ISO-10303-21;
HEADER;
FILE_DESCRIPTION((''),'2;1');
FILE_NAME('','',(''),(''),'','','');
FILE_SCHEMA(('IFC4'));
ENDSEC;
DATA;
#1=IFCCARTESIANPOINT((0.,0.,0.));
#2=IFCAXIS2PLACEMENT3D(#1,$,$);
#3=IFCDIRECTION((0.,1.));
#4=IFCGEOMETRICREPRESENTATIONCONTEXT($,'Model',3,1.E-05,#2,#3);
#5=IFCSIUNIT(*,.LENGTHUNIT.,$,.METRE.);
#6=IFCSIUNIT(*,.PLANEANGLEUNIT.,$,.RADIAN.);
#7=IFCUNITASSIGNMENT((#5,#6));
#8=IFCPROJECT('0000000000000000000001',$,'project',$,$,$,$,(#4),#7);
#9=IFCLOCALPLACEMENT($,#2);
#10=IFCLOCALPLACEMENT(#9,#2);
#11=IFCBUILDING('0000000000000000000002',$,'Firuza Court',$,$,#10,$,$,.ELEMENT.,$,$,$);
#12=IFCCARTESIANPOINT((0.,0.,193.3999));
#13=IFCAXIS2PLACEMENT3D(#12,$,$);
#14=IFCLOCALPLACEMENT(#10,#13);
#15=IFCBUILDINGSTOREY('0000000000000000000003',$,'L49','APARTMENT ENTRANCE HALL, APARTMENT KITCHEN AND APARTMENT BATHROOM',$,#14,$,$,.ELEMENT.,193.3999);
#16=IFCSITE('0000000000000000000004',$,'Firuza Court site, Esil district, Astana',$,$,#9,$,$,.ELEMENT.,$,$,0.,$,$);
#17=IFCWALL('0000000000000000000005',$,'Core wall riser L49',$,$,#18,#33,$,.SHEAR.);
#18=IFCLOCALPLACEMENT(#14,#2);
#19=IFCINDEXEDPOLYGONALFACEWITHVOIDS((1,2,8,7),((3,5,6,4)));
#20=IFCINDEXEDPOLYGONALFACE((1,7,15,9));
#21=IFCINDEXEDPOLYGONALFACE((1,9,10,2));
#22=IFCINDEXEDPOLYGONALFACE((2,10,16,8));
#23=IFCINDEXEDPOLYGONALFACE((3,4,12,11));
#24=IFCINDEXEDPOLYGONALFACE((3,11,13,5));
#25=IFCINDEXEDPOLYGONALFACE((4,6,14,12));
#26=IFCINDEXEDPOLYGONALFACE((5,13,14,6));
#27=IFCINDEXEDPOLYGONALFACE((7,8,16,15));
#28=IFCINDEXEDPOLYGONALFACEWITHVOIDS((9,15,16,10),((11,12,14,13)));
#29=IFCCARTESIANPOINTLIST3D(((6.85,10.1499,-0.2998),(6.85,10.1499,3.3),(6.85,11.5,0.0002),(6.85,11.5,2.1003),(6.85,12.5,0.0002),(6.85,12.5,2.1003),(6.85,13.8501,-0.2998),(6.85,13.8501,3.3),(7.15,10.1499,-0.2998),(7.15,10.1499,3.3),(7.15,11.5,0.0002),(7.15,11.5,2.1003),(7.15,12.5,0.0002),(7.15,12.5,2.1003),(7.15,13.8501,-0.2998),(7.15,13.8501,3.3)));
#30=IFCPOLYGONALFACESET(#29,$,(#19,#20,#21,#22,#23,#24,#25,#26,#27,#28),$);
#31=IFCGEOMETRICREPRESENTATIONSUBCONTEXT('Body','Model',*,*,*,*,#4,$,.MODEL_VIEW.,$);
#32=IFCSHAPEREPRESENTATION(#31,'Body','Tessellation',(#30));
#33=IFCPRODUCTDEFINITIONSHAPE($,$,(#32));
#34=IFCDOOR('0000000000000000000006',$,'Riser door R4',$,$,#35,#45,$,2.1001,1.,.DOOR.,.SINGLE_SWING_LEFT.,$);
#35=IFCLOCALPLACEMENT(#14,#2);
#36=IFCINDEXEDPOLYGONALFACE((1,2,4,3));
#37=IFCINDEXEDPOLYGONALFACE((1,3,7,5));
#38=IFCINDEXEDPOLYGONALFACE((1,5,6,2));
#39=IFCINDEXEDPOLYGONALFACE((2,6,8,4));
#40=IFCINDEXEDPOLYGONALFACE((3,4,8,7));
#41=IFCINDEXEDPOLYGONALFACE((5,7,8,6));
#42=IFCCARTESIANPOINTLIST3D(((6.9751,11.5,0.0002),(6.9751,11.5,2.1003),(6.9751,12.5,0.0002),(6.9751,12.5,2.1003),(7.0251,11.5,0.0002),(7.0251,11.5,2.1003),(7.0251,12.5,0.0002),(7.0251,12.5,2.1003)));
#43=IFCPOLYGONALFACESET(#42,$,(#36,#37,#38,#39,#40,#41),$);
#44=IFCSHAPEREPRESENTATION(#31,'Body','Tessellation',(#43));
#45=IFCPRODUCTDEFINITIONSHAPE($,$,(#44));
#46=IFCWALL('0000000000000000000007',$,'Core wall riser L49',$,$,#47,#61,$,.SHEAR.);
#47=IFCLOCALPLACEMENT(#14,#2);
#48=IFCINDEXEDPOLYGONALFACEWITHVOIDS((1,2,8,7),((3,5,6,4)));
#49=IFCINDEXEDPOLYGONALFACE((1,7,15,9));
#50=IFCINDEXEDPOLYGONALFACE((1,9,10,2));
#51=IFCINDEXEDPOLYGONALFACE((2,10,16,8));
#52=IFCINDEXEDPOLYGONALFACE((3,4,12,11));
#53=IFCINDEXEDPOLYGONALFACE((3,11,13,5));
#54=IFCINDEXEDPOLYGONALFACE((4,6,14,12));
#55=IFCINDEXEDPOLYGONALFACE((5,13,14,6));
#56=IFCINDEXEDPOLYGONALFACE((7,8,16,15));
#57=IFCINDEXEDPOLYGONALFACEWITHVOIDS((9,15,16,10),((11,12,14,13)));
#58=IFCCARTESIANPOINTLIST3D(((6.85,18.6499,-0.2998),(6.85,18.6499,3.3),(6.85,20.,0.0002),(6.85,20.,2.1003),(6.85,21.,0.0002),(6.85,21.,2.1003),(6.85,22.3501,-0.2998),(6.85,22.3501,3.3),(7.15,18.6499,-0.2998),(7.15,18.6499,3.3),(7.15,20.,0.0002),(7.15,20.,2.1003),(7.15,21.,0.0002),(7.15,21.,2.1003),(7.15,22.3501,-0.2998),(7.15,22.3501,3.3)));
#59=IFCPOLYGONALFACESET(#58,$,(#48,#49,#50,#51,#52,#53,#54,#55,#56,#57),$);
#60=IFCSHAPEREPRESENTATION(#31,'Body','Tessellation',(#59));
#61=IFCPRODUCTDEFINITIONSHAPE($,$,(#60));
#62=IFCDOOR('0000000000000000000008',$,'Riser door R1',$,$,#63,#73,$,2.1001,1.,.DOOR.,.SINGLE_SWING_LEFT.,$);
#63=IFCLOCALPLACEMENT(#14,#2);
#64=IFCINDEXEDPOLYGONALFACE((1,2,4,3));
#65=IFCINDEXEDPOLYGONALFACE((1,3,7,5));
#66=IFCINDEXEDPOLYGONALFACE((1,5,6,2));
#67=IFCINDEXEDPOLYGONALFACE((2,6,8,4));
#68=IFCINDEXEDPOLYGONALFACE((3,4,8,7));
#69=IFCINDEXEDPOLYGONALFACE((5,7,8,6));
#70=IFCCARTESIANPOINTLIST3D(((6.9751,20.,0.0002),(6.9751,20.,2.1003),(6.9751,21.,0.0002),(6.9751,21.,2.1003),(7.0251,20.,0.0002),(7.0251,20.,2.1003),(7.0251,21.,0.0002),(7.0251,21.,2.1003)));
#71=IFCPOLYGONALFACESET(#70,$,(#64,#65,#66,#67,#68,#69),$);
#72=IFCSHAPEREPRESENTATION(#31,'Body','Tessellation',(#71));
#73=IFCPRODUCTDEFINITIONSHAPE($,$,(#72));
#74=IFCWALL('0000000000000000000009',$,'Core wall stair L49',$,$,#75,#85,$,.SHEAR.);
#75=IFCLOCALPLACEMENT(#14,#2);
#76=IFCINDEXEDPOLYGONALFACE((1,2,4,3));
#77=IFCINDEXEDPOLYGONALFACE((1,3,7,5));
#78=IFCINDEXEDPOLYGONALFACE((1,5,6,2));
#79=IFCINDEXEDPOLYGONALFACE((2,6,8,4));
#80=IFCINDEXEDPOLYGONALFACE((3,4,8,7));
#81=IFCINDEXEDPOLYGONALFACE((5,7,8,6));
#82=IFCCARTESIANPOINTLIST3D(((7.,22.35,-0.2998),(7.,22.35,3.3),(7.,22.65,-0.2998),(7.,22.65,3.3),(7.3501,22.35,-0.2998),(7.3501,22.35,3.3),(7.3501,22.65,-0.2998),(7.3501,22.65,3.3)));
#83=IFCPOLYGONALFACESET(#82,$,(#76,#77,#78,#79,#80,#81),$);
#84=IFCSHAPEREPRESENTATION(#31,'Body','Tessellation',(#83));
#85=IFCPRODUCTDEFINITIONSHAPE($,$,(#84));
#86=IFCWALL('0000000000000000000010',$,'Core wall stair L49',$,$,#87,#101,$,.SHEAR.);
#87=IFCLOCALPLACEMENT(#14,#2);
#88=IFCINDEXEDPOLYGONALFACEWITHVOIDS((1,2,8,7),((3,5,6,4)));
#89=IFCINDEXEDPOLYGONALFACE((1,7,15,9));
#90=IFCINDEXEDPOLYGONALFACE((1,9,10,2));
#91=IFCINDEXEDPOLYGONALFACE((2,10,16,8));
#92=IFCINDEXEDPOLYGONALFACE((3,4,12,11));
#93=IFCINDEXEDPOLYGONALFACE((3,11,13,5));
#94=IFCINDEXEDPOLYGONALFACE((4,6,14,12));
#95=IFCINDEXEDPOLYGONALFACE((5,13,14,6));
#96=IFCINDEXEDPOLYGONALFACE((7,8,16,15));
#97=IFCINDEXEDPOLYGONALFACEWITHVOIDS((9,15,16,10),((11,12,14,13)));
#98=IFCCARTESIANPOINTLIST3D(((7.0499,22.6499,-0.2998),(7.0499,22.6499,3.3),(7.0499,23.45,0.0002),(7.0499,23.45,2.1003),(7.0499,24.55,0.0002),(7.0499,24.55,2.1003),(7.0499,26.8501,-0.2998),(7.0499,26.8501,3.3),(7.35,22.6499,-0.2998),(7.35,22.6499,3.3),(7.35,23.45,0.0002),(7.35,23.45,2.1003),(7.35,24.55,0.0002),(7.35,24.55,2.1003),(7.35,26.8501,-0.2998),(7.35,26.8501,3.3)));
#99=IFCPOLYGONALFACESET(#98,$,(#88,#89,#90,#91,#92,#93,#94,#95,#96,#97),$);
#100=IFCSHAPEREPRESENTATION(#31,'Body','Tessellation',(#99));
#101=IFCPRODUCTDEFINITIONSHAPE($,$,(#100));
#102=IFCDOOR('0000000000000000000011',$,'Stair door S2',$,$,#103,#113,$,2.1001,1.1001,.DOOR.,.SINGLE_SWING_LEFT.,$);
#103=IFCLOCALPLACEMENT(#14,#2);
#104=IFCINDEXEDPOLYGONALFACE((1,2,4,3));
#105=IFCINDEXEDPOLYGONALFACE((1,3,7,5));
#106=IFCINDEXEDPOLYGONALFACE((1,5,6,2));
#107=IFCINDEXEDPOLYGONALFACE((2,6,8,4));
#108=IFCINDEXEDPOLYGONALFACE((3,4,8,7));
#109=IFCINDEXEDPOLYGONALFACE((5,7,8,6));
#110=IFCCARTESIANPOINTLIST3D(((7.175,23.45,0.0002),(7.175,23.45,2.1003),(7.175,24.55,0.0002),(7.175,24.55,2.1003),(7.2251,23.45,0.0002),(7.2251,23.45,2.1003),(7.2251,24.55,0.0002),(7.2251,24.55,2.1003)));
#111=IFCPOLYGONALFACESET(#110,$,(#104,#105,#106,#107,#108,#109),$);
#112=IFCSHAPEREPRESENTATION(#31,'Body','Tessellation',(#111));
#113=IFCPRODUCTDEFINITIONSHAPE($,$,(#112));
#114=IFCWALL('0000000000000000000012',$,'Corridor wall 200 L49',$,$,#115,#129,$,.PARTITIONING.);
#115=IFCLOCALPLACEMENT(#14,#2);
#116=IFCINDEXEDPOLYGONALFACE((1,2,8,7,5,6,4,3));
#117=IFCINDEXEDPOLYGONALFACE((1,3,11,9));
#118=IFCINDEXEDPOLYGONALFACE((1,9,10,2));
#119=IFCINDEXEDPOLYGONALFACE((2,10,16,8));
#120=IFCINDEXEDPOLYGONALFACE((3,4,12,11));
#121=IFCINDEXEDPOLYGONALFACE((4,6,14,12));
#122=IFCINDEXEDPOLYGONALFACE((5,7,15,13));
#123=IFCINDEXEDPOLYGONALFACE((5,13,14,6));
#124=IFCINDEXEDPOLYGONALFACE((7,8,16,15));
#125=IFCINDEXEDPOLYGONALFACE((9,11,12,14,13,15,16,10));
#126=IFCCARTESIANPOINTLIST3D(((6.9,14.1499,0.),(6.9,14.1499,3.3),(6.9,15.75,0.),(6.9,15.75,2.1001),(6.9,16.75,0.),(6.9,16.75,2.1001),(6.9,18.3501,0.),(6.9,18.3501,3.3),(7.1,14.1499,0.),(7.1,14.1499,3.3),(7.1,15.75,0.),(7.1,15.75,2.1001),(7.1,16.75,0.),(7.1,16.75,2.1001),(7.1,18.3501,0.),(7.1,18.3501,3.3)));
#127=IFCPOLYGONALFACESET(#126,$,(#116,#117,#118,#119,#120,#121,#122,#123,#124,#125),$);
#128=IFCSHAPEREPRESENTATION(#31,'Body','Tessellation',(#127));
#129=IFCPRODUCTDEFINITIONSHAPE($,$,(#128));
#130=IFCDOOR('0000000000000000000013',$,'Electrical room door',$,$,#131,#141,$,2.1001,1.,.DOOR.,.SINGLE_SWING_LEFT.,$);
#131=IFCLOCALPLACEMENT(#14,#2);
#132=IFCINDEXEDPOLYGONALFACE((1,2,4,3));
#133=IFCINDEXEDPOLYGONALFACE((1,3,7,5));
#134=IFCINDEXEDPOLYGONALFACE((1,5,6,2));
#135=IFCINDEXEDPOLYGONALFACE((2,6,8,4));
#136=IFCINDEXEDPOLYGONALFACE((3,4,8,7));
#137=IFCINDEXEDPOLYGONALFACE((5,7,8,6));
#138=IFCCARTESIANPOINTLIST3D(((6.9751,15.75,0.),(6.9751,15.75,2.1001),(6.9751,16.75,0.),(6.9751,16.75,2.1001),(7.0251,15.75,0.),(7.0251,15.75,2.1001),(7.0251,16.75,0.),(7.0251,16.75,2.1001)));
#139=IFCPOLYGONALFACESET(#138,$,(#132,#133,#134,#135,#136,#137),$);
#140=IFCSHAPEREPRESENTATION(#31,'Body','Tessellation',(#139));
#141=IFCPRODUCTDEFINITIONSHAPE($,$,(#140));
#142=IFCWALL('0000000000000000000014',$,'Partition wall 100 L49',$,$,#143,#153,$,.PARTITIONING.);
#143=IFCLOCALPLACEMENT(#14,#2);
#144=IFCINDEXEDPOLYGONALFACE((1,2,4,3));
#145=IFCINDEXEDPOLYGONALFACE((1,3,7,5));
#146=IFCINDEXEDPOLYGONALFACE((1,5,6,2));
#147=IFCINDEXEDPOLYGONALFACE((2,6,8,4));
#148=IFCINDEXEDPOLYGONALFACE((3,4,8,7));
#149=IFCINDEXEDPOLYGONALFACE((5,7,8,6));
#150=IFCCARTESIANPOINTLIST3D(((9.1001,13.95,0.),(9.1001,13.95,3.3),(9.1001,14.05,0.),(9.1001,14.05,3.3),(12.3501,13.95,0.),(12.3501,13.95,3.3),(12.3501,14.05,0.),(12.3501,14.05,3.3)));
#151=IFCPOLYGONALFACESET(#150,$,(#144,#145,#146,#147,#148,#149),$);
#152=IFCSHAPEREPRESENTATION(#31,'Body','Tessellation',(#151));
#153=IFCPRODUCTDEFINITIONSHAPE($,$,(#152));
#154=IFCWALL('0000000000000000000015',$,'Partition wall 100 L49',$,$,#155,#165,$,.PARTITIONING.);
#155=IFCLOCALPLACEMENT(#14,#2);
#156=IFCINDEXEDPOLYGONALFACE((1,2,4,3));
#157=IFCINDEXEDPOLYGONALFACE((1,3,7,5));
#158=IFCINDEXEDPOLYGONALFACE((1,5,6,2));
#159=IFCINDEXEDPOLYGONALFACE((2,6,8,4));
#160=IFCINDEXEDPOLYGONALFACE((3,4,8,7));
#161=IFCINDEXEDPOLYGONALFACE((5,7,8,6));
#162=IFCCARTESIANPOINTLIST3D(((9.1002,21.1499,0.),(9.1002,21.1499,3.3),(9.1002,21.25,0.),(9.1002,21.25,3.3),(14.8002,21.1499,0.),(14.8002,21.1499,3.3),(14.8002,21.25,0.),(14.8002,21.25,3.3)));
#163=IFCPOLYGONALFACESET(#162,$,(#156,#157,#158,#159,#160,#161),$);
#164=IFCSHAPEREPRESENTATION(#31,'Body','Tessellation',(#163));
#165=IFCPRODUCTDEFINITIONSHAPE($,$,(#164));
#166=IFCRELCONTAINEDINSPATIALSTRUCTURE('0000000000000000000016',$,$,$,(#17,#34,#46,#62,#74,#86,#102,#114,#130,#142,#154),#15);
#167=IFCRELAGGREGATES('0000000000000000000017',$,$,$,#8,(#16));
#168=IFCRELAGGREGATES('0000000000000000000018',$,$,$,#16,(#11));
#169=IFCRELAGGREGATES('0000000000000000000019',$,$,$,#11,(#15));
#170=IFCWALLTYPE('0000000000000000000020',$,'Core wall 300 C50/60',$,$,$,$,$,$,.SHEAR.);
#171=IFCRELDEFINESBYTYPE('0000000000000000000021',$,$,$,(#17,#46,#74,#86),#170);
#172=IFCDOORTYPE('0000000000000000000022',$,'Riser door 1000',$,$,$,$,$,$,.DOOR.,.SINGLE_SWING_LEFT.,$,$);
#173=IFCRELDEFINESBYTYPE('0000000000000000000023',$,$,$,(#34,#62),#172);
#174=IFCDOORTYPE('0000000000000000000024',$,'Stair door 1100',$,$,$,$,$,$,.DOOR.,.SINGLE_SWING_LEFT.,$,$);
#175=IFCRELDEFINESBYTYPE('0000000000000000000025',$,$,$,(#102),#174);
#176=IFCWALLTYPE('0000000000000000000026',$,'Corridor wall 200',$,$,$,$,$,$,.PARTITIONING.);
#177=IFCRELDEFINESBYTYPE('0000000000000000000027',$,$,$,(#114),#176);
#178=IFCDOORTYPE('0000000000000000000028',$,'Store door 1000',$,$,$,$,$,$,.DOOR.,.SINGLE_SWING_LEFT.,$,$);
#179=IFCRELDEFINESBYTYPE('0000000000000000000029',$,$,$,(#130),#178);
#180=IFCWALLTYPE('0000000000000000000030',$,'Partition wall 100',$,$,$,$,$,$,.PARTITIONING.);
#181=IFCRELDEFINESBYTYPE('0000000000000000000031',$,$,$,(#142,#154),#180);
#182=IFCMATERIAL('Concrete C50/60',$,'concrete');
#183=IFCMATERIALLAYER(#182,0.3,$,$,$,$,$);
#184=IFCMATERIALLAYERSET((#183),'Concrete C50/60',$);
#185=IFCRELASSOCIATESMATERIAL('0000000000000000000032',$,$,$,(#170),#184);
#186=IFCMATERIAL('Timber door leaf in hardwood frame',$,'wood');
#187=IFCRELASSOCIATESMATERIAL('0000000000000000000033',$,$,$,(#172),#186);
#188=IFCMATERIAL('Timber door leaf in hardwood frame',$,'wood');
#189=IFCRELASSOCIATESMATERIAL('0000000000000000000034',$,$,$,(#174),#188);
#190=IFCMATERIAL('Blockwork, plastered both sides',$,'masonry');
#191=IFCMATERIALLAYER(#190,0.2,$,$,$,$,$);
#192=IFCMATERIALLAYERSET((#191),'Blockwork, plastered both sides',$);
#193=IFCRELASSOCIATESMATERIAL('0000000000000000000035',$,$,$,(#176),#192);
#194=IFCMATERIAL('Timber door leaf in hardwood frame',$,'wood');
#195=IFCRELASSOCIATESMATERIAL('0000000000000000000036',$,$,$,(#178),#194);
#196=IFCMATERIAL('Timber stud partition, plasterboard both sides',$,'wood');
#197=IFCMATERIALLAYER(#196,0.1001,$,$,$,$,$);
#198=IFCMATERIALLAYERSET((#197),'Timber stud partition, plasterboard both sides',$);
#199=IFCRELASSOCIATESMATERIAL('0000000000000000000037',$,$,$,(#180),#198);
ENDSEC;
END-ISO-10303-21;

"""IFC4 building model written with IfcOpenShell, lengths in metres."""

from ifc_helpers import new_model, si_unit, direction, frame, frame_2d, origin, place, context, subcontext, project, spatial, rectangle, extrude, material, layer, layer_set, type_object, element, fill, save


model = new_model("IFC4")

# Units and contexts
model_context = context("Model", 3, precision=1e-05, world=origin(), true_north=direction((0.0, 1.0)))
body_context = subcontext(model_context, "Body", "Model", "MODEL_VIEW")
ifc_project = project(units=[si_unit("LENGTHUNIT", "METRE"), si_unit("PLANEANGLEUNIT", "RADIAN")], contexts=[model_context])

# Site, building, storey
site_placement = place(None, origin())
site = spatial("IfcSite", under=ifc_project, at=site_placement, Name="Firuza Court site, Esil district, Astana", CompositionType="ELEMENT", RefElevation=0.0)
building_placement = place(site_placement, origin())
building = spatial("IfcBuilding", under=site, at=building_placement, Name="Firuza Court", CompositionType="ELEMENT")
storey_placement = place(building_placement, frame((0.0, 0.0, 193.3999)))
storey = spatial("IfcBuildingStorey", under=building, at=storey_placement, Name="L49", Description="APARTMENT ENTRANCE HALL, APARTMENT KITCHEN AND APARTMENT BATHROOM", CompositionType="ELEMENT", Elevation=193.3999)

# Shared definitions
ifc_material_1 = material(Name="Concrete C50/60", Category="concrete")
ifc_layer_1 = layer(ifc_material_1, 0.3)
ifc_layer_set_1 = layer_set([ifc_layer_1], Name="Concrete C50/60")
wall_type_1 = type_object("IfcWallType", Name="Core wall 300 C50/60", PredefinedType="SHEAR", material=ifc_layer_set_1)

# Walls, openings, doors
wall_1_placement = place(storey_placement, frame((7.0, 10.1499, -0.2998), z_axis=(0.0, 0.0, 1.0), x_axis=(0.0, 1.0, 0.0)))
wall_1 = element("IfcWall", 1, at=wall_1_placement, inside=storey, type_object=wall_type_1, Name="Core wall riser L49", PredefinedType="SHEAR", context=body_context, shape_type="SweptSolid", body=[
    extrude(rectangle(XDim=3.7002, YDim=0.3, at=frame_2d((1.8501, 0.0))), origin(), (0.0, 0.0, 1.0), 3.5999),
])
opening_1_placement = place(wall_1_placement, frame((1.3501, 0.0, 0.3)))
opening_1 = element("IfcOpeningElement", 2, at=opening_1_placement, cuts=wall_1, PredefinedType="OPENING", context=body_context, shape_type="SweptSolid", body=[
    extrude(rectangle(XDim=1.0, YDim=2.1001, at=frame_2d((0.5, 1.05))), frame((0.0, 0.1621, 0.0), z_axis=(0.0, -1.0, 0.0), x_axis=(1.0, 0.0, 0.0)), (0.0, 0.0, 1.0), 0.324),
])
ifc_material_2 = material(Name="Timber door leaf in hardwood frame", Category="wood")
door_type_1 = type_object("IfcDoorType", Name="Riser door 1000", OperationType="SINGLE_SWING_LEFT", PredefinedType="DOOR", material=ifc_material_2)
door_1_placement = place(opening_1_placement, origin())
door_1 = element("IfcDoor", 3, at=door_1_placement, inside=storey, type_object=door_type_1, Name="Riser door R4", OperationType="SINGLE_SWING_LEFT", OverallHeight=2.1001, OverallWidth=1.0, PredefinedType="DOOR", context=body_context, shape_type="SweptSolid", body=[
    extrude(rectangle(XDim=1.0, YDim=2.1001, at=frame_2d((0.5, 1.05))), frame((0.0, 0.0249, 0.0), z_axis=(0.0, -1.0, 0.0), x_axis=(1.0, 0.0, 0.0)), (0.0, 0.0, 1.0), 0.05),
])
fill(opening_1, door_1)
wall_2_placement = place(storey_placement, frame((7.0, 18.6499, -0.2998), z_axis=(0.0, 0.0, 1.0), x_axis=(0.0, 1.0, 0.0)))
wall_2 = element("IfcWall", 4, at=wall_2_placement, inside=storey, type_object=wall_type_1, Name="Core wall riser L49", PredefinedType="SHEAR", context=body_context, shape_type="SweptSolid", body=[
    extrude(rectangle(XDim=3.7002, YDim=0.3, at=frame_2d((1.8501, 0.0))), origin(), (0.0, 0.0, 1.0), 3.5999),
])
opening_2_placement = place(wall_2_placement, frame((1.3501, 0.0, 0.3)))
opening_2 = element("IfcOpeningElement", 5, at=opening_2_placement, cuts=wall_2, PredefinedType="OPENING", context=body_context, shape_type="SweptSolid", body=[
    extrude(rectangle(XDim=1.0, YDim=2.1001, at=frame_2d((0.5, 1.05))), frame((0.0, 0.1621, 0.0), z_axis=(0.0, -1.0, 0.0), x_axis=(1.0, 0.0, 0.0)), (0.0, 0.0, 1.0), 0.324),
])
door_2_placement = place(opening_2_placement, origin())
door_2 = element("IfcDoor", 6, at=door_2_placement, inside=storey, type_object=door_type_1, Name="Riser door R1", OperationType="SINGLE_SWING_LEFT", OverallHeight=2.1001, OverallWidth=1.0, PredefinedType="DOOR", context=body_context, shape_type="SweptSolid", body=[
    extrude(rectangle(XDim=1.0, YDim=2.1001, at=frame_2d((0.5, 1.05))), frame((0.0, 0.0249, 0.0), z_axis=(0.0, -1.0, 0.0), x_axis=(1.0, 0.0, 0.0)), (0.0, 0.0, 1.0), 0.05),
])
fill(opening_2, door_2)

# Wall
wall_3_placement = place(storey_placement, frame((7.0, 22.5, -0.2998), z_axis=(0.0, 0.0, 1.0), x_axis=(1.0, 0.0, 0.0)))
element("IfcWall", 7, at=wall_3_placement, inside=storey, type_object=wall_type_1, Name="Core wall stair L49", PredefinedType="SHEAR", context=body_context, shape_type="SweptSolid", body=[
    extrude(rectangle(XDim=0.3501, YDim=0.3, at=frame_2d((0.175, 0.0))), origin(), (0.0, 0.0, 1.0), 3.5999),
])

# Walls, openings, doors
wall_4_placement = place(storey_placement, frame((7.2, 22.6499, -0.2998), z_axis=(0.0, 0.0, 1.0), x_axis=(0.0, 1.0, 0.0)))
wall_4 = element("IfcWall", 8, at=wall_4_placement, inside=storey, type_object=wall_type_1, Name="Core wall stair L49", PredefinedType="SHEAR", context=body_context, shape_type="SweptSolid", body=[
    extrude(rectangle(XDim=4.2002, YDim=0.3, at=frame_2d((2.1001, 0.0))), origin(), (0.0, 0.0, 1.0), 3.5999),
])
opening_3_placement = place(wall_4_placement, frame((0.8, 0.0, 0.3)))
opening_3 = element("IfcOpeningElement", 9, at=opening_3_placement, cuts=wall_4, PredefinedType="OPENING", context=body_context, shape_type="SweptSolid", body=[
    extrude(rectangle(XDim=1.1001, YDim=2.1001, at=frame_2d((0.55, 1.05))), frame((0.0, 0.1621, 0.0), z_axis=(0.0, -1.0, 0.0), x_axis=(1.0, 0.0, 0.0)), (0.0, 0.0, 1.0), 0.324),
])
ifc_material_3 = material(Name="Timber door leaf in hardwood frame", Category="wood")
door_type_2 = type_object("IfcDoorType", Name="Stair door 1100", OperationType="SINGLE_SWING_LEFT", PredefinedType="DOOR", material=ifc_material_3)
door_3_placement = place(opening_3_placement, origin())
door_3 = element("IfcDoor", 10, at=door_3_placement, inside=storey, type_object=door_type_2, Name="Stair door S2", OperationType="SINGLE_SWING_LEFT", OverallHeight=2.1001, OverallWidth=1.1001, PredefinedType="DOOR", context=body_context, shape_type="SweptSolid", body=[
    extrude(rectangle(XDim=1.1001, YDim=2.1001, at=frame_2d((0.55, 1.05))), frame((0.0, 0.0249, 0.0), z_axis=(0.0, -1.0, 0.0), x_axis=(1.0, 0.0, 0.0)), (0.0, 0.0, 1.0), 0.05),
])
fill(opening_3, door_3)
ifc_material_4 = material(Name="Blockwork, plastered both sides", Category="masonry")
ifc_layer_2 = layer(ifc_material_4, 0.2)
ifc_layer_set_2 = layer_set([ifc_layer_2], Name="Blockwork, plastered both sides")
wall_type_2 = type_object("IfcWallType", Name="Corridor wall 200", PredefinedType="PARTITIONING", material=ifc_layer_set_2)
wall_5_placement = place(storey_placement, frame((7.0, 14.1499, 0.0), z_axis=(0.0, 0.0, 1.0), x_axis=(0.0, 1.0, 0.0)))
wall_5 = element("IfcWall", 11, at=wall_5_placement, inside=storey, type_object=wall_type_2, Name="Corridor wall 200 L49", PredefinedType="PARTITIONING", context=body_context, shape_type="SweptSolid", body=[
    extrude(rectangle(XDim=4.2002, YDim=0.2, at=frame_2d((2.1001, 0.0))), origin(), (0.0, 0.0, 1.0), 3.3),
])
opening_4_placement = place(wall_5_placement, frame((1.6001, 0.0, 0.0)))
opening_4 = element("IfcOpeningElement", 12, at=opening_4_placement, cuts=wall_5, PredefinedType="OPENING", context=body_context, shape_type="SweptSolid", body=[
    extrude(rectangle(XDim=1.0, YDim=2.1001, at=frame_2d((0.5, 1.05))), frame((0.0, 0.1118, 0.0), z_axis=(0.0, -1.0, 0.0), x_axis=(1.0, 0.0, 0.0)), (0.0, 0.0, 1.0), 0.2239),
])
ifc_material_5 = material(Name="Timber door leaf in hardwood frame", Category="wood")
door_type_3 = type_object("IfcDoorType", Name="Store door 1000", OperationType="SINGLE_SWING_LEFT", PredefinedType="DOOR", material=ifc_material_5)
door_4_placement = place(opening_4_placement, origin())
door_4 = element("IfcDoor", 13, at=door_4_placement, inside=storey, type_object=door_type_3, Name="Electrical room door", OperationType="SINGLE_SWING_LEFT", OverallHeight=2.1001, OverallWidth=1.0, PredefinedType="DOOR", context=body_context, shape_type="SweptSolid", body=[
    extrude(rectangle(XDim=1.0, YDim=2.1001, at=frame_2d((0.5, 1.05))), frame((0.0, 0.0249, 0.0), z_axis=(0.0, -1.0, 0.0), x_axis=(1.0, 0.0, 0.0)), (0.0, 0.0, 1.0), 0.05),
])
fill(opening_4, door_4)

# Walls
ifc_material_6 = material(Name="Timber stud partition, plasterboard both sides", Category="wood")
ifc_layer_3 = layer(ifc_material_6, 0.1001)
ifc_layer_set_3 = layer_set([ifc_layer_3], Name="Timber stud partition, plasterboard both sides")
wall_type_3 = type_object("IfcWallType", Name="Partition wall 100", PredefinedType="PARTITIONING", material=ifc_layer_set_3)
wall_6_placement = place(storey_placement, frame((9.1001, 14.0, 0.0), z_axis=(0.0, 0.0, 1.0), x_axis=(1.0, 0.0, 0.0)))
element("IfcWall", 14, at=wall_6_placement, inside=storey, type_object=wall_type_3, Name="Partition wall 100 L49", PredefinedType="PARTITIONING", context=body_context, shape_type="SweptSolid", body=[
    extrude(rectangle(XDim=3.25, YDim=0.1001, at=frame_2d((1.625, 0.0))), origin(), (0.0, 0.0, 1.0), 3.3),
])
wall_7_placement = place(storey_placement, frame((9.1001, 21.2, 0.0), z_axis=(0.0, 0.0, 1.0), x_axis=(1.0, 0.0, 0.0)))
element("IfcWall", 15, at=wall_7_placement, inside=storey, type_object=wall_type_3, Name="Partition wall 100 L49", PredefinedType="PARTITIONING", context=body_context, shape_type="SweptSolid", body=[
    extrude(rectangle(XDim=5.7, YDim=0.1001, at=frame_2d((2.8501, 0.0))), origin(), (0.0, 0.0, 1.0), 3.3),
])

save(model, "model.ifc")
